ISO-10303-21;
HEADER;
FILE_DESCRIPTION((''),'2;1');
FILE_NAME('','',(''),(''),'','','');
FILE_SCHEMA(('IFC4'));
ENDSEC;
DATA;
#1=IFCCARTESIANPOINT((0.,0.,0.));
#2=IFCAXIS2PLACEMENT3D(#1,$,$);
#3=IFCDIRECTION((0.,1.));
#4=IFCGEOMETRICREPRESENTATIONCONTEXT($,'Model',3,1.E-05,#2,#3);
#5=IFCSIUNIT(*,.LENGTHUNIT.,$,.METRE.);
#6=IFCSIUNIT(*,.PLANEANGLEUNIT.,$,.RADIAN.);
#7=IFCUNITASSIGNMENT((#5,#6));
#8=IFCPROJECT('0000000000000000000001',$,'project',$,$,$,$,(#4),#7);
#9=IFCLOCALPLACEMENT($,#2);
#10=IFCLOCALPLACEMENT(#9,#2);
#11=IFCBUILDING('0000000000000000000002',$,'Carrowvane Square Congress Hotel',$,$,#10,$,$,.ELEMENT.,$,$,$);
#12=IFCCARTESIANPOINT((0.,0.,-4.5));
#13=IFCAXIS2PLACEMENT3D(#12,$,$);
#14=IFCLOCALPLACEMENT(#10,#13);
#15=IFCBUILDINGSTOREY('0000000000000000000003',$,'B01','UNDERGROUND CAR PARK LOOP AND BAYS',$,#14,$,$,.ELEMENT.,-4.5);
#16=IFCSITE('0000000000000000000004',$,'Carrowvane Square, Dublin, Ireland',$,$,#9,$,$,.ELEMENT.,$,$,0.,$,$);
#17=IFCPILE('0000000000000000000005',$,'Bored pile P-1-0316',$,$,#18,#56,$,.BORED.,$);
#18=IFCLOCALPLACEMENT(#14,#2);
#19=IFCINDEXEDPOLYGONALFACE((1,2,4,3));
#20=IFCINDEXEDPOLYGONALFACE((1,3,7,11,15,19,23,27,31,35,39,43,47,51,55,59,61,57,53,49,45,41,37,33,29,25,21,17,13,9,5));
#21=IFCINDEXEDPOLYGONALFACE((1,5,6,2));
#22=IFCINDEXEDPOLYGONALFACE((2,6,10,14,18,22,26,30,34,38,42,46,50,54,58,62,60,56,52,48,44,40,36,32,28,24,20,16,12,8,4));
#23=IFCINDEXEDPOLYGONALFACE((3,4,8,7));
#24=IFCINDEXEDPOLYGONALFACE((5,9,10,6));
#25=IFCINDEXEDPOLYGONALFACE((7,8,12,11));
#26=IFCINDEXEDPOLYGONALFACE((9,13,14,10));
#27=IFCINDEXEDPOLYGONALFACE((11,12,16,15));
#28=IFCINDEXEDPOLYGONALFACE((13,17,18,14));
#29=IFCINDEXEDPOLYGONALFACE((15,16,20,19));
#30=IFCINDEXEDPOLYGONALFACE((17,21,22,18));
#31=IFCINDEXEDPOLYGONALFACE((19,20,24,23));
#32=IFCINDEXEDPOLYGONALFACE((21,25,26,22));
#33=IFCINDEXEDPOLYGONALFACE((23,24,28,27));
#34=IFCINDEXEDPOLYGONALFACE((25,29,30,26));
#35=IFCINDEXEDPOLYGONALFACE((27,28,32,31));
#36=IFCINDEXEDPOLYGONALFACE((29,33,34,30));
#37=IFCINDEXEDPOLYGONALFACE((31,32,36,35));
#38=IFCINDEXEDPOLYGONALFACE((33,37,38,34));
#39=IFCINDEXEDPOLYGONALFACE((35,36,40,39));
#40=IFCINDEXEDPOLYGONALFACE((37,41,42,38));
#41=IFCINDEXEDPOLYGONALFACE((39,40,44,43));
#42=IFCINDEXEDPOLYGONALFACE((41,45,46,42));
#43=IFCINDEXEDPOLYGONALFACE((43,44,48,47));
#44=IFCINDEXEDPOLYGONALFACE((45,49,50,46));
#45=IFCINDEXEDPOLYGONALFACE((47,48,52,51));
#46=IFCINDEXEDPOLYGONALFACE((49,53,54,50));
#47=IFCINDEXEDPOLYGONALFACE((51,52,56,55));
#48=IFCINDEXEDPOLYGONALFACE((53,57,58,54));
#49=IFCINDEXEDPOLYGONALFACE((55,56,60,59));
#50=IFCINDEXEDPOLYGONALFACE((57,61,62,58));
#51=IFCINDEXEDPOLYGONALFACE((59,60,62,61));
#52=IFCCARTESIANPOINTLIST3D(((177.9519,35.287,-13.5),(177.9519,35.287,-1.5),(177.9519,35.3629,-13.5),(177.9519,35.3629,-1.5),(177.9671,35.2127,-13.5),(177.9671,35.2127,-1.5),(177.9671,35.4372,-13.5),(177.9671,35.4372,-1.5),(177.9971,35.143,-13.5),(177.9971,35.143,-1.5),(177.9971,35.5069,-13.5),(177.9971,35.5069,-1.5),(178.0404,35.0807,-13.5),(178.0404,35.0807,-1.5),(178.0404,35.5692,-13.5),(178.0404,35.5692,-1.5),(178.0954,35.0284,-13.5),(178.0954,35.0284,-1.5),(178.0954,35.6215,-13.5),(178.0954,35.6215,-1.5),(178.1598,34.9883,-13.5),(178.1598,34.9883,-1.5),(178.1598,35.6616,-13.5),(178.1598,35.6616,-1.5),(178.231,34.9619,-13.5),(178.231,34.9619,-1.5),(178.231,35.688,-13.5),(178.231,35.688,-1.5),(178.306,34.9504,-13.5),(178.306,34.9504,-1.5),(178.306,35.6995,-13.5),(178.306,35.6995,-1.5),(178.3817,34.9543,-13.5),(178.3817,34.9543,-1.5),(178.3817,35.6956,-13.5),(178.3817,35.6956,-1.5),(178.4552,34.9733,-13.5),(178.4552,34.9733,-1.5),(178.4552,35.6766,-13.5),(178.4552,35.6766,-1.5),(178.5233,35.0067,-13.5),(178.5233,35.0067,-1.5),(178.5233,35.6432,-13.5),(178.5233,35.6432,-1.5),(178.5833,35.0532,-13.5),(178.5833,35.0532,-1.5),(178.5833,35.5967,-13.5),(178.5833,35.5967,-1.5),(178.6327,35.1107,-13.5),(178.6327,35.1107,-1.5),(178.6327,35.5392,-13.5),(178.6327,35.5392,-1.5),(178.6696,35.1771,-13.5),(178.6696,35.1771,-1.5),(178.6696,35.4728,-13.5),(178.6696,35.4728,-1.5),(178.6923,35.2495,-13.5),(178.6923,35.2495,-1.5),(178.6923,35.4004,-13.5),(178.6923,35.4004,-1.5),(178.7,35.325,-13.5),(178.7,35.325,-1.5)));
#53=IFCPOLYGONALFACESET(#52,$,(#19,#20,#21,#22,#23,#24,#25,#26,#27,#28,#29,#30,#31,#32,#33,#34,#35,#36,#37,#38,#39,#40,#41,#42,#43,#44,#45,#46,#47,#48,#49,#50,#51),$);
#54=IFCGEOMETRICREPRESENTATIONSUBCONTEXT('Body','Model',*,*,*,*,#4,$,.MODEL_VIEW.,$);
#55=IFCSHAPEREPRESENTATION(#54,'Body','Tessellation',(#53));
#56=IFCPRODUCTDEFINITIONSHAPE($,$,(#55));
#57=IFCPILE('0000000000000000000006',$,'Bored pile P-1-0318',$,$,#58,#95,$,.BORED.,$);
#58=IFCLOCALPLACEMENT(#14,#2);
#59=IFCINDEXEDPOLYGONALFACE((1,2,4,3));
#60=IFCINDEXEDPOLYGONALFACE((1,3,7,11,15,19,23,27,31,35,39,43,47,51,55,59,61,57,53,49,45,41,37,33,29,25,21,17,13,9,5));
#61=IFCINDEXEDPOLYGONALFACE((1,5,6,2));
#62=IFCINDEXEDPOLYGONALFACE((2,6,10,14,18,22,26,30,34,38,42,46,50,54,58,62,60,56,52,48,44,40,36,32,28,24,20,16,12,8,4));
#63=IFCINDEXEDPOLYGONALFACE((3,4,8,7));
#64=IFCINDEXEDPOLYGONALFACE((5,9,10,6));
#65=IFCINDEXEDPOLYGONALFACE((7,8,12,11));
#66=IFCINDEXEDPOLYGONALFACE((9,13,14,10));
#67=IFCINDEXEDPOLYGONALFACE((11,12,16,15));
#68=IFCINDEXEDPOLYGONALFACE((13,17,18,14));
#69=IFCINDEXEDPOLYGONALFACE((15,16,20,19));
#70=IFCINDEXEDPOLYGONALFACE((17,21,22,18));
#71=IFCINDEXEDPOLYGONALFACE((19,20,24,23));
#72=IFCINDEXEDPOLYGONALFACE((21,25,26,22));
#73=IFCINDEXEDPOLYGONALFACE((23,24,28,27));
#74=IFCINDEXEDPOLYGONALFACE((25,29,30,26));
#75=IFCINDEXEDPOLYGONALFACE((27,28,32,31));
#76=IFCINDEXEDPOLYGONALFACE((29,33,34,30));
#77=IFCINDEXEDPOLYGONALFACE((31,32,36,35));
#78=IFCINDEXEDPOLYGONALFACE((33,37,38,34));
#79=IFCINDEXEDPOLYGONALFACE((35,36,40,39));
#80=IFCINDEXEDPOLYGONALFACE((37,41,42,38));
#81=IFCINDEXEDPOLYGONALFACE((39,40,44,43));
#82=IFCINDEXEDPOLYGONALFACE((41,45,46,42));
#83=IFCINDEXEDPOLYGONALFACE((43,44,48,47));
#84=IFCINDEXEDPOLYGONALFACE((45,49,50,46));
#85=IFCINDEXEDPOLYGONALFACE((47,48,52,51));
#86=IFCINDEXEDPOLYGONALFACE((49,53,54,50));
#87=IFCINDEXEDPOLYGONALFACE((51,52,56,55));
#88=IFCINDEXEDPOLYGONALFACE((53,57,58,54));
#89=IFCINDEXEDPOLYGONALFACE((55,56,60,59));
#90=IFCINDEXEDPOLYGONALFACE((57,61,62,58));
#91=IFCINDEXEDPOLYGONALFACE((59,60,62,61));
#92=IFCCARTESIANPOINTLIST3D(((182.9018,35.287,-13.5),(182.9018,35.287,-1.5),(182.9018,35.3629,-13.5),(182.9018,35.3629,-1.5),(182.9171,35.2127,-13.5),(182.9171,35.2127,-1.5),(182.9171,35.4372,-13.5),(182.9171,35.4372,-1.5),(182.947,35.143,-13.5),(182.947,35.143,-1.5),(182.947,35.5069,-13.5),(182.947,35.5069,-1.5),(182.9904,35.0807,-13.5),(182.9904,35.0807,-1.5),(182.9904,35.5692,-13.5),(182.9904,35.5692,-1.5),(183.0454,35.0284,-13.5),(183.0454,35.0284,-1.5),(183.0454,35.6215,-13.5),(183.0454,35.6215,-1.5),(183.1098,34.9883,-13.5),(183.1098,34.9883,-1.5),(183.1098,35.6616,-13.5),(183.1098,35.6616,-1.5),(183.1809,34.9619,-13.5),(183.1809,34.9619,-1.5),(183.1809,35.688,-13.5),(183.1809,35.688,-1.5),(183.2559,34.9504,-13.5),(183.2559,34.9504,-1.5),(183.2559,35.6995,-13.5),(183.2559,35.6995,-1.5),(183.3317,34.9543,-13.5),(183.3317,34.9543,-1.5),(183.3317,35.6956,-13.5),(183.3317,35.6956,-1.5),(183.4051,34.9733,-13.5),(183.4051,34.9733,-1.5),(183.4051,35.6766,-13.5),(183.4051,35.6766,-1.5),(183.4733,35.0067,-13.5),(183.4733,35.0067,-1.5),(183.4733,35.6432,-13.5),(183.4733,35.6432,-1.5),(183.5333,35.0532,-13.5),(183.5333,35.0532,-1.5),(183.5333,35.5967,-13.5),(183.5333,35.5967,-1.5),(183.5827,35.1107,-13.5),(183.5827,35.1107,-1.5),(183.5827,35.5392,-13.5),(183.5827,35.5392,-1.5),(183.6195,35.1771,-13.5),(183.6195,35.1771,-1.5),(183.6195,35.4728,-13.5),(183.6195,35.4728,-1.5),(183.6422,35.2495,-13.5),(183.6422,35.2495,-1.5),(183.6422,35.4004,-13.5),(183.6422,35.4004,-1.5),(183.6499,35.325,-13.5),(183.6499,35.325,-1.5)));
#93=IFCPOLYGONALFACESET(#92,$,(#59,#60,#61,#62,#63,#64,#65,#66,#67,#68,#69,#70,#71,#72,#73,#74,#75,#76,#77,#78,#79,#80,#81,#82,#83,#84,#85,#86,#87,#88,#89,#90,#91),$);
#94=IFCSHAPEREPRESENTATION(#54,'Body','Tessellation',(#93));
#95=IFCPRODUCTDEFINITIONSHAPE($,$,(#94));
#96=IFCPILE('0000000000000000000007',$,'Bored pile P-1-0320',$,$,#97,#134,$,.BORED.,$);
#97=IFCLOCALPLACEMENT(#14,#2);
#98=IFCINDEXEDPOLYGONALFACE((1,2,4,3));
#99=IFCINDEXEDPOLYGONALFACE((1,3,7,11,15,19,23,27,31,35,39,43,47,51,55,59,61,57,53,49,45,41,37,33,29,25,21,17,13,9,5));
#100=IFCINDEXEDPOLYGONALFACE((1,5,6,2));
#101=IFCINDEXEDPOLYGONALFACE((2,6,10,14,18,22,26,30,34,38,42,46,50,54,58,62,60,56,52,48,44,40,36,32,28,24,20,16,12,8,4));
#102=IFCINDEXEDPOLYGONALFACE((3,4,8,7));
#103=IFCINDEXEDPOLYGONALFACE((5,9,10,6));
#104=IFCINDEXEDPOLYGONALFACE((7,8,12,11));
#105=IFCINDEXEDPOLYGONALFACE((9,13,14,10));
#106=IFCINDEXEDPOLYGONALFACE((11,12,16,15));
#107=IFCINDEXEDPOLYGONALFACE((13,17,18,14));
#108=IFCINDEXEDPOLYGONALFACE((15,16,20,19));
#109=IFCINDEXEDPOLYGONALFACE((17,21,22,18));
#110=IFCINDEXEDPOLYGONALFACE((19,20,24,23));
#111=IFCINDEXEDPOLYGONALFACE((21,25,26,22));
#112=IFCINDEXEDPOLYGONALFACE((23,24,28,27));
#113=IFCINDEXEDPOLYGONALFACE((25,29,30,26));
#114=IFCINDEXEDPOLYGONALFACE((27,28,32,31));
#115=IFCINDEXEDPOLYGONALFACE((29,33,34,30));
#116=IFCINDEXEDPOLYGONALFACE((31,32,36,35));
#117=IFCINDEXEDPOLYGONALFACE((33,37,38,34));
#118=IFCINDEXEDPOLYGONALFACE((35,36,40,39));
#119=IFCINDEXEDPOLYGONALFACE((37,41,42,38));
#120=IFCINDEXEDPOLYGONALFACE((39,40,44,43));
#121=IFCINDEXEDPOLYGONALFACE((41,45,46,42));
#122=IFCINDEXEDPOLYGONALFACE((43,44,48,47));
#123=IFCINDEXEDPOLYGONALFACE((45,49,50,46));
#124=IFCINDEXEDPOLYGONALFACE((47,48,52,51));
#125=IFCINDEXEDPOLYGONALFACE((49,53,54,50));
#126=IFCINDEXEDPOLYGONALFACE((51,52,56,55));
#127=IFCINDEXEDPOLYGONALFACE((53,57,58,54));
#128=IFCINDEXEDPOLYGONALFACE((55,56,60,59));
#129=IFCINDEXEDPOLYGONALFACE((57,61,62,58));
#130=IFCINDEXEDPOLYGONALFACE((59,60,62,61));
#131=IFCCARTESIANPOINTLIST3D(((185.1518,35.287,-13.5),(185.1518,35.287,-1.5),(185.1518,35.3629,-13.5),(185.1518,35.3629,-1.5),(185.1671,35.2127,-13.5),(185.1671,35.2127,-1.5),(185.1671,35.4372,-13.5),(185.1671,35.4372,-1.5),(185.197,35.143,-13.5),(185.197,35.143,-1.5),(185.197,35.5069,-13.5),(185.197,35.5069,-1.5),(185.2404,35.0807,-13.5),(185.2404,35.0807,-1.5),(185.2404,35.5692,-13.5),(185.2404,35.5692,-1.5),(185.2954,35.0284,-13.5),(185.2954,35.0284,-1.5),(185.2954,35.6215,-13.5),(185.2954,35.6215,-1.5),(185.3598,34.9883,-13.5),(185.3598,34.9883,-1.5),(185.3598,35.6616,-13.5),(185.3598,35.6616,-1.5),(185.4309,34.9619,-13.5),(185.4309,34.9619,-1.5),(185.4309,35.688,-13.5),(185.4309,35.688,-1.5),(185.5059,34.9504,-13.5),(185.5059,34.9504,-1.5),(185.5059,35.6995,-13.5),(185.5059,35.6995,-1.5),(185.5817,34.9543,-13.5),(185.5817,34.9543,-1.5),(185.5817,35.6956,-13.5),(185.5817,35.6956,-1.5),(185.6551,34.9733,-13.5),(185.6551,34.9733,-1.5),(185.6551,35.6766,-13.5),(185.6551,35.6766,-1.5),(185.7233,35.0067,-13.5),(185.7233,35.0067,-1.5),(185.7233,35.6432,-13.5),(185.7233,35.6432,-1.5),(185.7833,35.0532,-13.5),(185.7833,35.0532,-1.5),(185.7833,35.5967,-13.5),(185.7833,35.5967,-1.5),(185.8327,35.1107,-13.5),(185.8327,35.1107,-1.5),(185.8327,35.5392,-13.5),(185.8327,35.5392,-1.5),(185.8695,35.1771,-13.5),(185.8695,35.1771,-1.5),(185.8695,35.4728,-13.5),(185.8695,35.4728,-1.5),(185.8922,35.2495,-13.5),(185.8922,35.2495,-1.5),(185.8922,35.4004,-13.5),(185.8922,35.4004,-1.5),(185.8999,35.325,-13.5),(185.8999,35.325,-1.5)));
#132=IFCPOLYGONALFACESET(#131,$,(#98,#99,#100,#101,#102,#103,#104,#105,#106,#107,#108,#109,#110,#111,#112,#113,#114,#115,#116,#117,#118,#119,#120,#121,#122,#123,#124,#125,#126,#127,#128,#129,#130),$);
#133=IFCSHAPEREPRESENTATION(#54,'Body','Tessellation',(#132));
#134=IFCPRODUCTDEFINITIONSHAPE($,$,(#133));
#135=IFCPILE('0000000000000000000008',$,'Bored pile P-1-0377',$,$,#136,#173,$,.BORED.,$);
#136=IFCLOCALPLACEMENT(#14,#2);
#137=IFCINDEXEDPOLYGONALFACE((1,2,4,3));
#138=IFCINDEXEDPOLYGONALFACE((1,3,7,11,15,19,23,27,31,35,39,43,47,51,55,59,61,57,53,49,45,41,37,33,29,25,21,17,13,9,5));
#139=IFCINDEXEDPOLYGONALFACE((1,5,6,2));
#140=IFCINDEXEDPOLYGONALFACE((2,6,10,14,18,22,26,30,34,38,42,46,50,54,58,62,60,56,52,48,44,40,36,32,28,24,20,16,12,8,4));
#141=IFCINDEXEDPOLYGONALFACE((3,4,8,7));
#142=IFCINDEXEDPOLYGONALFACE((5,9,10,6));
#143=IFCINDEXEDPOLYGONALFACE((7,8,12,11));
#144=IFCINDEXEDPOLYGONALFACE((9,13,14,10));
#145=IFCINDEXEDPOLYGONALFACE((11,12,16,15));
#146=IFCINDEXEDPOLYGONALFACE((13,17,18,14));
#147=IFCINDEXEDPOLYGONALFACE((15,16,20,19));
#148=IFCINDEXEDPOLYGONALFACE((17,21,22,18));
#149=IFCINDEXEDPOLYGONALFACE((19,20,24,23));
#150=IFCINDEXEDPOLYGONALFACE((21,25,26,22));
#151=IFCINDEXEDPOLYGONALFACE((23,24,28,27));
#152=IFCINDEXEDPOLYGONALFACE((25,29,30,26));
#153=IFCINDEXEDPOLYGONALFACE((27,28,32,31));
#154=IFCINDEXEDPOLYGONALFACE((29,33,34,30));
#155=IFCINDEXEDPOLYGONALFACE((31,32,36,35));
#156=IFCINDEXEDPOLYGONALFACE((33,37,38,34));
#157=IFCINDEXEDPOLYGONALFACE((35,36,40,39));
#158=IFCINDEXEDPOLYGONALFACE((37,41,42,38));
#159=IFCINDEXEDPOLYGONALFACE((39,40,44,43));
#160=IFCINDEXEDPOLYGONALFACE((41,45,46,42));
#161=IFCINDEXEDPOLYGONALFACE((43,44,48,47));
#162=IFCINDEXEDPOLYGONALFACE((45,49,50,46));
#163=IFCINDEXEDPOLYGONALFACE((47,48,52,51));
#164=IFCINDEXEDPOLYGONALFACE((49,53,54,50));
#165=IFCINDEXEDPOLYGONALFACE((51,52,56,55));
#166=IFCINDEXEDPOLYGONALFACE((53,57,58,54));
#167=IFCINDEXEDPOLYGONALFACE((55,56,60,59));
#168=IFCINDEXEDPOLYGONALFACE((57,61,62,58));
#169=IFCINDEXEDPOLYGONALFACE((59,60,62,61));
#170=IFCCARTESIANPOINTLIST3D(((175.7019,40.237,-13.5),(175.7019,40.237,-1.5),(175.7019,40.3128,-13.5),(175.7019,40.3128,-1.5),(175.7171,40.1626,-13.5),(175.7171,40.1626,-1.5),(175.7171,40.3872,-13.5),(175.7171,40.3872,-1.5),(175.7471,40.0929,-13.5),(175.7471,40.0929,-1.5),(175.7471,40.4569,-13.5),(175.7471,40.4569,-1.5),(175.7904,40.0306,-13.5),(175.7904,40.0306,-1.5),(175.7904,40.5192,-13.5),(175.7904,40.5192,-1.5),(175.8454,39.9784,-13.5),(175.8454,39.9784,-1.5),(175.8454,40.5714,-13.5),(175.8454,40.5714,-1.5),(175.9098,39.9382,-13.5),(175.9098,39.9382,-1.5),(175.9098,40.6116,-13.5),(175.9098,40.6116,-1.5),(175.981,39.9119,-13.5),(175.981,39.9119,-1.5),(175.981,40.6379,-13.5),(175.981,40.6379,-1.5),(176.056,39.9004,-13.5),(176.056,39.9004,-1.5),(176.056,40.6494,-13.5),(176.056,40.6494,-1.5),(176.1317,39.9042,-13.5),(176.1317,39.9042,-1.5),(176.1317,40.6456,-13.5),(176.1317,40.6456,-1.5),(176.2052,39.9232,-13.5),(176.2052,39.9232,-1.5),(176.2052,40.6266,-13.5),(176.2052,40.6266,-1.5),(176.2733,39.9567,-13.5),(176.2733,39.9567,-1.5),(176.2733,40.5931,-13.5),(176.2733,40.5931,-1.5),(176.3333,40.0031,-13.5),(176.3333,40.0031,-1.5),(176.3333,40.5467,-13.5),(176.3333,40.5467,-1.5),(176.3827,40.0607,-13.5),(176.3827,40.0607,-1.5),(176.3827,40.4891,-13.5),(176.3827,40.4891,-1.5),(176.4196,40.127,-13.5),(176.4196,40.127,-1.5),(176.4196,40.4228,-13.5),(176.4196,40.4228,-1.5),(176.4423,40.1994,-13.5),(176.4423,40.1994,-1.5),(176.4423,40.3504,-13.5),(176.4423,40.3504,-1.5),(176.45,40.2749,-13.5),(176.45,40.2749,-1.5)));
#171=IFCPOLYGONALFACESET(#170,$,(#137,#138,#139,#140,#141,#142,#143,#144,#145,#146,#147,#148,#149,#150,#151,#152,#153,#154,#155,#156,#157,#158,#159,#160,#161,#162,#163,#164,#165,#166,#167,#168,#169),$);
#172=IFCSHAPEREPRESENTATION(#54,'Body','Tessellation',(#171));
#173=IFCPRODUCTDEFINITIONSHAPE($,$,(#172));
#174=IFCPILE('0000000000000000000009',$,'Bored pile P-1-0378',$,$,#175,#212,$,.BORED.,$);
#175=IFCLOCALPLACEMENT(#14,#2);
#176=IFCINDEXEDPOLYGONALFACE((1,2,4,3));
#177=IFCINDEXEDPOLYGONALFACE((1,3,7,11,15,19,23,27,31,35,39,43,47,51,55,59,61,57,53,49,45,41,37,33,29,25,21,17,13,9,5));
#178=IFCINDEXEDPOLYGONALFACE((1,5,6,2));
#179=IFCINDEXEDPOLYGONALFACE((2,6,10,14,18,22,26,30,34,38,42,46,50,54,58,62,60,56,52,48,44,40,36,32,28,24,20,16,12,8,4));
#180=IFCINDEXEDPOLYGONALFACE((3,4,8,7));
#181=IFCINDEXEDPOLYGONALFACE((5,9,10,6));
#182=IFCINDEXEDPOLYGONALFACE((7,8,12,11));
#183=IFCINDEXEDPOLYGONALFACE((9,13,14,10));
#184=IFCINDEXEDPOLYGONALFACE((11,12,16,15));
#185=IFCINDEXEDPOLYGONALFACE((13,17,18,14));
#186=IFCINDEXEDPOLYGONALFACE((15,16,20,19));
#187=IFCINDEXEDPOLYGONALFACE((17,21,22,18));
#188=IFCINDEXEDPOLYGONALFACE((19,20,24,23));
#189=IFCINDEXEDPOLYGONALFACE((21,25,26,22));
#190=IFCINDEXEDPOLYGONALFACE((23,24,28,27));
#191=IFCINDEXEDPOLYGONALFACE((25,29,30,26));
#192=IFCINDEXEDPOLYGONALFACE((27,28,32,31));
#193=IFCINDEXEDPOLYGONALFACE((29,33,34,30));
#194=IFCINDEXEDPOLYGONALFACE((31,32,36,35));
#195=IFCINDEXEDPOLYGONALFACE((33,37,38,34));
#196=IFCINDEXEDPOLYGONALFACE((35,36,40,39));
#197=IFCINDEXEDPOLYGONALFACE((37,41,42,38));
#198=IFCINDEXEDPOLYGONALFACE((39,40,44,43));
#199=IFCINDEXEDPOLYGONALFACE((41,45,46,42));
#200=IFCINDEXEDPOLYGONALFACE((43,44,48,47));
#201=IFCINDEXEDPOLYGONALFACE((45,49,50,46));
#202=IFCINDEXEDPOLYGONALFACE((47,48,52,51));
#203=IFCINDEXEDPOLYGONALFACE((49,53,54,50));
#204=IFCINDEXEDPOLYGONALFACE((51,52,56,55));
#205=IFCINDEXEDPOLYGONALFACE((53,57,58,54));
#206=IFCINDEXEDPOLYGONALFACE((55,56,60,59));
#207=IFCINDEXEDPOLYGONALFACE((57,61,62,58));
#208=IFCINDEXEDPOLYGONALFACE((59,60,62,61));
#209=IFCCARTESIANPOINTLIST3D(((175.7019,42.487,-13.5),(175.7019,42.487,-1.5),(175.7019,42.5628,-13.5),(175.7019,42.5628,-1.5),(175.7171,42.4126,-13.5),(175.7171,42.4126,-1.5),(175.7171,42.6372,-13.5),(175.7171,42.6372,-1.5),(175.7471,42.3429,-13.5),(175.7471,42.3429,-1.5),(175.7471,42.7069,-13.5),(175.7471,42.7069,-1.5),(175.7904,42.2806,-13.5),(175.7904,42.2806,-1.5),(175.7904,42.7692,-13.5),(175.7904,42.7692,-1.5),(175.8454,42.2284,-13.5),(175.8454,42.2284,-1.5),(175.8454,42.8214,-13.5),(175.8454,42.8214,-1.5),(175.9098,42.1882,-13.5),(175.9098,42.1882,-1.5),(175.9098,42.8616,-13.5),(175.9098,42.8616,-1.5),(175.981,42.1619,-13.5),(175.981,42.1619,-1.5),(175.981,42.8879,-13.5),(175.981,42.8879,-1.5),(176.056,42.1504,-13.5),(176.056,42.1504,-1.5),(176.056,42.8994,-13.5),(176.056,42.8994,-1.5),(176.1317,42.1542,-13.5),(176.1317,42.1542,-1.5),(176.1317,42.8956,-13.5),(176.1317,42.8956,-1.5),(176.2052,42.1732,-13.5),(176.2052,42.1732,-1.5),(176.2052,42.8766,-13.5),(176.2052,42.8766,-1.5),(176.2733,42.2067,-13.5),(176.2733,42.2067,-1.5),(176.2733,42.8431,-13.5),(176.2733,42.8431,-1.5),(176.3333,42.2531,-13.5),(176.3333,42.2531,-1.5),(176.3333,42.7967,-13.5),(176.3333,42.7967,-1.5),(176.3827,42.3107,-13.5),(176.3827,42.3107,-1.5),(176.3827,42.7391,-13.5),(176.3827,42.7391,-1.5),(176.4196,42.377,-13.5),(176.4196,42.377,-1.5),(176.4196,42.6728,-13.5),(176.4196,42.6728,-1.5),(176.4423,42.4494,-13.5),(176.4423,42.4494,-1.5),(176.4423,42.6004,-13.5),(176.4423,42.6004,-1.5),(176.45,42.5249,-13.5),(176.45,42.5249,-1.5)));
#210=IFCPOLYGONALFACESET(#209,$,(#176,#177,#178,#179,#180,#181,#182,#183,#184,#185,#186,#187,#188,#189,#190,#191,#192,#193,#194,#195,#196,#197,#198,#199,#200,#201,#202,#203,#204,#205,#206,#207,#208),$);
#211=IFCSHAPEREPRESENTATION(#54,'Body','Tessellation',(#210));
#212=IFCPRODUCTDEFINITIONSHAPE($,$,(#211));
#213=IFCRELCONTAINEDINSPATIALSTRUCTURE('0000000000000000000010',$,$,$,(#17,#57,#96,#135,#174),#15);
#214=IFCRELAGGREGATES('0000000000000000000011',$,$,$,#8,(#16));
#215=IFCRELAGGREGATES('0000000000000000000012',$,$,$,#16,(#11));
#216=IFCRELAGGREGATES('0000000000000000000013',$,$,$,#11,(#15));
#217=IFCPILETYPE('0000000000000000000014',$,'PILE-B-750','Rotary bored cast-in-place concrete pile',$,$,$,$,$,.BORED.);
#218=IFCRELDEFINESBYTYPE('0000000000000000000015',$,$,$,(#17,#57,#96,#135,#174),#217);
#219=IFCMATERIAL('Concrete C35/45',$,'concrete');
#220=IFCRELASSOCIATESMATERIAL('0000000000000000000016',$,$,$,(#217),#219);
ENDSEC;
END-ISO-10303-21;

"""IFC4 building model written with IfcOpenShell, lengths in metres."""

from ifc_helpers import new_model, si_unit, direction, frame, origin, origin_2d, place, context, subcontext, project, spatial, circle, extrude, material, material_profile, profile_set, type_object, element, save


model = new_model("IFC4")

# Units and contexts
model_context = context("Model", 3, precision=1e-05, world=origin(), true_north=direction((0.0, 1.0)))
body_context = subcontext(model_context, "Body", "Model", "MODEL_VIEW")
ifc_project = project(units=[si_unit("LENGTHUNIT", "METRE"), si_unit("PLANEANGLEUNIT", "RADIAN")], contexts=[model_context])

# Site, building, storey
site_placement = place(None, origin())
site = spatial("IfcSite", under=ifc_project, at=site_placement, Name="Carrowvane Square, Dublin, Ireland", CompositionType="ELEMENT", RefElevation=0.0)
building_placement = place(site_placement, origin())
building = spatial("IfcBuilding", under=site, at=building_placement, Name="Carrowvane Square Congress Hotel", CompositionType="ELEMENT")
storey_placement = place(building_placement, frame((0.0, 0.0, -4.5)))
storey = spatial("IfcBuildingStorey", under=building, at=storey_placement, Name="B01", Description="UNDERGROUND CAR PARK LOOP AND BAYS", CompositionType="ELEMENT", Elevation=-4.5)

# Piles
ifc_material_1 = material(Name="Concrete C35/45", Category="concrete")
ifc_material_profile_1 = material_profile(ifc_material_1, circle(Radius=0.375, at=origin_2d()), Name="PILE D750")
ifc_profile_set_1 = profile_set([ifc_material_profile_1], Name="Concrete C35/45")
pile_type_1 = type_object("IfcPileType", Name="PILE-B-750", Description="Rotary bored cast-in-place concrete pile", PredefinedType="BORED", material=ifc_profile_set_1)
for number, where, z_axis, x_axis, name in (
    (1, (178.325, 35.325, -1.5), (0.0, 0.0, -1.0), (1.0, 0.0, 0.0), "Bored pile P-1-0316"),
    (2, (183.2749, 35.325, -1.5), (0.0, 0.0, -1.0), (1.0, 0.0, 0.0), "Bored pile P-1-0318"),
    (3, (185.5249, 35.325, -1.5), (0.0, 0.0, -1.0), (1.0, 0.0, 0.0), "Bored pile P-1-0320"),
    (4, (176.075, 40.2749, -1.5), (0.0, 0.0, -1.0), (1.0, 0.0, 0.0), "Bored pile P-1-0377"),
    (5, (176.075, 42.5249, -1.5), (0.0, 0.0, -1.0), (1.0, 0.0, 0.0), "Bored pile P-1-0378"),
):
    element("IfcPile", number, at=place(storey_placement, frame(where, z_axis=z_axis, x_axis=x_axis)), inside=storey, type_object=pile_type_1, Name=name, PredefinedType="BORED", context=body_context, shape_type="SweptSolid", body=[
        extrude(circle(Radius=0.375, at=origin_2d()), origin(), (0.0, 0.0, 1.0), 12.0),
    ])

save(model, "model.ifc")
